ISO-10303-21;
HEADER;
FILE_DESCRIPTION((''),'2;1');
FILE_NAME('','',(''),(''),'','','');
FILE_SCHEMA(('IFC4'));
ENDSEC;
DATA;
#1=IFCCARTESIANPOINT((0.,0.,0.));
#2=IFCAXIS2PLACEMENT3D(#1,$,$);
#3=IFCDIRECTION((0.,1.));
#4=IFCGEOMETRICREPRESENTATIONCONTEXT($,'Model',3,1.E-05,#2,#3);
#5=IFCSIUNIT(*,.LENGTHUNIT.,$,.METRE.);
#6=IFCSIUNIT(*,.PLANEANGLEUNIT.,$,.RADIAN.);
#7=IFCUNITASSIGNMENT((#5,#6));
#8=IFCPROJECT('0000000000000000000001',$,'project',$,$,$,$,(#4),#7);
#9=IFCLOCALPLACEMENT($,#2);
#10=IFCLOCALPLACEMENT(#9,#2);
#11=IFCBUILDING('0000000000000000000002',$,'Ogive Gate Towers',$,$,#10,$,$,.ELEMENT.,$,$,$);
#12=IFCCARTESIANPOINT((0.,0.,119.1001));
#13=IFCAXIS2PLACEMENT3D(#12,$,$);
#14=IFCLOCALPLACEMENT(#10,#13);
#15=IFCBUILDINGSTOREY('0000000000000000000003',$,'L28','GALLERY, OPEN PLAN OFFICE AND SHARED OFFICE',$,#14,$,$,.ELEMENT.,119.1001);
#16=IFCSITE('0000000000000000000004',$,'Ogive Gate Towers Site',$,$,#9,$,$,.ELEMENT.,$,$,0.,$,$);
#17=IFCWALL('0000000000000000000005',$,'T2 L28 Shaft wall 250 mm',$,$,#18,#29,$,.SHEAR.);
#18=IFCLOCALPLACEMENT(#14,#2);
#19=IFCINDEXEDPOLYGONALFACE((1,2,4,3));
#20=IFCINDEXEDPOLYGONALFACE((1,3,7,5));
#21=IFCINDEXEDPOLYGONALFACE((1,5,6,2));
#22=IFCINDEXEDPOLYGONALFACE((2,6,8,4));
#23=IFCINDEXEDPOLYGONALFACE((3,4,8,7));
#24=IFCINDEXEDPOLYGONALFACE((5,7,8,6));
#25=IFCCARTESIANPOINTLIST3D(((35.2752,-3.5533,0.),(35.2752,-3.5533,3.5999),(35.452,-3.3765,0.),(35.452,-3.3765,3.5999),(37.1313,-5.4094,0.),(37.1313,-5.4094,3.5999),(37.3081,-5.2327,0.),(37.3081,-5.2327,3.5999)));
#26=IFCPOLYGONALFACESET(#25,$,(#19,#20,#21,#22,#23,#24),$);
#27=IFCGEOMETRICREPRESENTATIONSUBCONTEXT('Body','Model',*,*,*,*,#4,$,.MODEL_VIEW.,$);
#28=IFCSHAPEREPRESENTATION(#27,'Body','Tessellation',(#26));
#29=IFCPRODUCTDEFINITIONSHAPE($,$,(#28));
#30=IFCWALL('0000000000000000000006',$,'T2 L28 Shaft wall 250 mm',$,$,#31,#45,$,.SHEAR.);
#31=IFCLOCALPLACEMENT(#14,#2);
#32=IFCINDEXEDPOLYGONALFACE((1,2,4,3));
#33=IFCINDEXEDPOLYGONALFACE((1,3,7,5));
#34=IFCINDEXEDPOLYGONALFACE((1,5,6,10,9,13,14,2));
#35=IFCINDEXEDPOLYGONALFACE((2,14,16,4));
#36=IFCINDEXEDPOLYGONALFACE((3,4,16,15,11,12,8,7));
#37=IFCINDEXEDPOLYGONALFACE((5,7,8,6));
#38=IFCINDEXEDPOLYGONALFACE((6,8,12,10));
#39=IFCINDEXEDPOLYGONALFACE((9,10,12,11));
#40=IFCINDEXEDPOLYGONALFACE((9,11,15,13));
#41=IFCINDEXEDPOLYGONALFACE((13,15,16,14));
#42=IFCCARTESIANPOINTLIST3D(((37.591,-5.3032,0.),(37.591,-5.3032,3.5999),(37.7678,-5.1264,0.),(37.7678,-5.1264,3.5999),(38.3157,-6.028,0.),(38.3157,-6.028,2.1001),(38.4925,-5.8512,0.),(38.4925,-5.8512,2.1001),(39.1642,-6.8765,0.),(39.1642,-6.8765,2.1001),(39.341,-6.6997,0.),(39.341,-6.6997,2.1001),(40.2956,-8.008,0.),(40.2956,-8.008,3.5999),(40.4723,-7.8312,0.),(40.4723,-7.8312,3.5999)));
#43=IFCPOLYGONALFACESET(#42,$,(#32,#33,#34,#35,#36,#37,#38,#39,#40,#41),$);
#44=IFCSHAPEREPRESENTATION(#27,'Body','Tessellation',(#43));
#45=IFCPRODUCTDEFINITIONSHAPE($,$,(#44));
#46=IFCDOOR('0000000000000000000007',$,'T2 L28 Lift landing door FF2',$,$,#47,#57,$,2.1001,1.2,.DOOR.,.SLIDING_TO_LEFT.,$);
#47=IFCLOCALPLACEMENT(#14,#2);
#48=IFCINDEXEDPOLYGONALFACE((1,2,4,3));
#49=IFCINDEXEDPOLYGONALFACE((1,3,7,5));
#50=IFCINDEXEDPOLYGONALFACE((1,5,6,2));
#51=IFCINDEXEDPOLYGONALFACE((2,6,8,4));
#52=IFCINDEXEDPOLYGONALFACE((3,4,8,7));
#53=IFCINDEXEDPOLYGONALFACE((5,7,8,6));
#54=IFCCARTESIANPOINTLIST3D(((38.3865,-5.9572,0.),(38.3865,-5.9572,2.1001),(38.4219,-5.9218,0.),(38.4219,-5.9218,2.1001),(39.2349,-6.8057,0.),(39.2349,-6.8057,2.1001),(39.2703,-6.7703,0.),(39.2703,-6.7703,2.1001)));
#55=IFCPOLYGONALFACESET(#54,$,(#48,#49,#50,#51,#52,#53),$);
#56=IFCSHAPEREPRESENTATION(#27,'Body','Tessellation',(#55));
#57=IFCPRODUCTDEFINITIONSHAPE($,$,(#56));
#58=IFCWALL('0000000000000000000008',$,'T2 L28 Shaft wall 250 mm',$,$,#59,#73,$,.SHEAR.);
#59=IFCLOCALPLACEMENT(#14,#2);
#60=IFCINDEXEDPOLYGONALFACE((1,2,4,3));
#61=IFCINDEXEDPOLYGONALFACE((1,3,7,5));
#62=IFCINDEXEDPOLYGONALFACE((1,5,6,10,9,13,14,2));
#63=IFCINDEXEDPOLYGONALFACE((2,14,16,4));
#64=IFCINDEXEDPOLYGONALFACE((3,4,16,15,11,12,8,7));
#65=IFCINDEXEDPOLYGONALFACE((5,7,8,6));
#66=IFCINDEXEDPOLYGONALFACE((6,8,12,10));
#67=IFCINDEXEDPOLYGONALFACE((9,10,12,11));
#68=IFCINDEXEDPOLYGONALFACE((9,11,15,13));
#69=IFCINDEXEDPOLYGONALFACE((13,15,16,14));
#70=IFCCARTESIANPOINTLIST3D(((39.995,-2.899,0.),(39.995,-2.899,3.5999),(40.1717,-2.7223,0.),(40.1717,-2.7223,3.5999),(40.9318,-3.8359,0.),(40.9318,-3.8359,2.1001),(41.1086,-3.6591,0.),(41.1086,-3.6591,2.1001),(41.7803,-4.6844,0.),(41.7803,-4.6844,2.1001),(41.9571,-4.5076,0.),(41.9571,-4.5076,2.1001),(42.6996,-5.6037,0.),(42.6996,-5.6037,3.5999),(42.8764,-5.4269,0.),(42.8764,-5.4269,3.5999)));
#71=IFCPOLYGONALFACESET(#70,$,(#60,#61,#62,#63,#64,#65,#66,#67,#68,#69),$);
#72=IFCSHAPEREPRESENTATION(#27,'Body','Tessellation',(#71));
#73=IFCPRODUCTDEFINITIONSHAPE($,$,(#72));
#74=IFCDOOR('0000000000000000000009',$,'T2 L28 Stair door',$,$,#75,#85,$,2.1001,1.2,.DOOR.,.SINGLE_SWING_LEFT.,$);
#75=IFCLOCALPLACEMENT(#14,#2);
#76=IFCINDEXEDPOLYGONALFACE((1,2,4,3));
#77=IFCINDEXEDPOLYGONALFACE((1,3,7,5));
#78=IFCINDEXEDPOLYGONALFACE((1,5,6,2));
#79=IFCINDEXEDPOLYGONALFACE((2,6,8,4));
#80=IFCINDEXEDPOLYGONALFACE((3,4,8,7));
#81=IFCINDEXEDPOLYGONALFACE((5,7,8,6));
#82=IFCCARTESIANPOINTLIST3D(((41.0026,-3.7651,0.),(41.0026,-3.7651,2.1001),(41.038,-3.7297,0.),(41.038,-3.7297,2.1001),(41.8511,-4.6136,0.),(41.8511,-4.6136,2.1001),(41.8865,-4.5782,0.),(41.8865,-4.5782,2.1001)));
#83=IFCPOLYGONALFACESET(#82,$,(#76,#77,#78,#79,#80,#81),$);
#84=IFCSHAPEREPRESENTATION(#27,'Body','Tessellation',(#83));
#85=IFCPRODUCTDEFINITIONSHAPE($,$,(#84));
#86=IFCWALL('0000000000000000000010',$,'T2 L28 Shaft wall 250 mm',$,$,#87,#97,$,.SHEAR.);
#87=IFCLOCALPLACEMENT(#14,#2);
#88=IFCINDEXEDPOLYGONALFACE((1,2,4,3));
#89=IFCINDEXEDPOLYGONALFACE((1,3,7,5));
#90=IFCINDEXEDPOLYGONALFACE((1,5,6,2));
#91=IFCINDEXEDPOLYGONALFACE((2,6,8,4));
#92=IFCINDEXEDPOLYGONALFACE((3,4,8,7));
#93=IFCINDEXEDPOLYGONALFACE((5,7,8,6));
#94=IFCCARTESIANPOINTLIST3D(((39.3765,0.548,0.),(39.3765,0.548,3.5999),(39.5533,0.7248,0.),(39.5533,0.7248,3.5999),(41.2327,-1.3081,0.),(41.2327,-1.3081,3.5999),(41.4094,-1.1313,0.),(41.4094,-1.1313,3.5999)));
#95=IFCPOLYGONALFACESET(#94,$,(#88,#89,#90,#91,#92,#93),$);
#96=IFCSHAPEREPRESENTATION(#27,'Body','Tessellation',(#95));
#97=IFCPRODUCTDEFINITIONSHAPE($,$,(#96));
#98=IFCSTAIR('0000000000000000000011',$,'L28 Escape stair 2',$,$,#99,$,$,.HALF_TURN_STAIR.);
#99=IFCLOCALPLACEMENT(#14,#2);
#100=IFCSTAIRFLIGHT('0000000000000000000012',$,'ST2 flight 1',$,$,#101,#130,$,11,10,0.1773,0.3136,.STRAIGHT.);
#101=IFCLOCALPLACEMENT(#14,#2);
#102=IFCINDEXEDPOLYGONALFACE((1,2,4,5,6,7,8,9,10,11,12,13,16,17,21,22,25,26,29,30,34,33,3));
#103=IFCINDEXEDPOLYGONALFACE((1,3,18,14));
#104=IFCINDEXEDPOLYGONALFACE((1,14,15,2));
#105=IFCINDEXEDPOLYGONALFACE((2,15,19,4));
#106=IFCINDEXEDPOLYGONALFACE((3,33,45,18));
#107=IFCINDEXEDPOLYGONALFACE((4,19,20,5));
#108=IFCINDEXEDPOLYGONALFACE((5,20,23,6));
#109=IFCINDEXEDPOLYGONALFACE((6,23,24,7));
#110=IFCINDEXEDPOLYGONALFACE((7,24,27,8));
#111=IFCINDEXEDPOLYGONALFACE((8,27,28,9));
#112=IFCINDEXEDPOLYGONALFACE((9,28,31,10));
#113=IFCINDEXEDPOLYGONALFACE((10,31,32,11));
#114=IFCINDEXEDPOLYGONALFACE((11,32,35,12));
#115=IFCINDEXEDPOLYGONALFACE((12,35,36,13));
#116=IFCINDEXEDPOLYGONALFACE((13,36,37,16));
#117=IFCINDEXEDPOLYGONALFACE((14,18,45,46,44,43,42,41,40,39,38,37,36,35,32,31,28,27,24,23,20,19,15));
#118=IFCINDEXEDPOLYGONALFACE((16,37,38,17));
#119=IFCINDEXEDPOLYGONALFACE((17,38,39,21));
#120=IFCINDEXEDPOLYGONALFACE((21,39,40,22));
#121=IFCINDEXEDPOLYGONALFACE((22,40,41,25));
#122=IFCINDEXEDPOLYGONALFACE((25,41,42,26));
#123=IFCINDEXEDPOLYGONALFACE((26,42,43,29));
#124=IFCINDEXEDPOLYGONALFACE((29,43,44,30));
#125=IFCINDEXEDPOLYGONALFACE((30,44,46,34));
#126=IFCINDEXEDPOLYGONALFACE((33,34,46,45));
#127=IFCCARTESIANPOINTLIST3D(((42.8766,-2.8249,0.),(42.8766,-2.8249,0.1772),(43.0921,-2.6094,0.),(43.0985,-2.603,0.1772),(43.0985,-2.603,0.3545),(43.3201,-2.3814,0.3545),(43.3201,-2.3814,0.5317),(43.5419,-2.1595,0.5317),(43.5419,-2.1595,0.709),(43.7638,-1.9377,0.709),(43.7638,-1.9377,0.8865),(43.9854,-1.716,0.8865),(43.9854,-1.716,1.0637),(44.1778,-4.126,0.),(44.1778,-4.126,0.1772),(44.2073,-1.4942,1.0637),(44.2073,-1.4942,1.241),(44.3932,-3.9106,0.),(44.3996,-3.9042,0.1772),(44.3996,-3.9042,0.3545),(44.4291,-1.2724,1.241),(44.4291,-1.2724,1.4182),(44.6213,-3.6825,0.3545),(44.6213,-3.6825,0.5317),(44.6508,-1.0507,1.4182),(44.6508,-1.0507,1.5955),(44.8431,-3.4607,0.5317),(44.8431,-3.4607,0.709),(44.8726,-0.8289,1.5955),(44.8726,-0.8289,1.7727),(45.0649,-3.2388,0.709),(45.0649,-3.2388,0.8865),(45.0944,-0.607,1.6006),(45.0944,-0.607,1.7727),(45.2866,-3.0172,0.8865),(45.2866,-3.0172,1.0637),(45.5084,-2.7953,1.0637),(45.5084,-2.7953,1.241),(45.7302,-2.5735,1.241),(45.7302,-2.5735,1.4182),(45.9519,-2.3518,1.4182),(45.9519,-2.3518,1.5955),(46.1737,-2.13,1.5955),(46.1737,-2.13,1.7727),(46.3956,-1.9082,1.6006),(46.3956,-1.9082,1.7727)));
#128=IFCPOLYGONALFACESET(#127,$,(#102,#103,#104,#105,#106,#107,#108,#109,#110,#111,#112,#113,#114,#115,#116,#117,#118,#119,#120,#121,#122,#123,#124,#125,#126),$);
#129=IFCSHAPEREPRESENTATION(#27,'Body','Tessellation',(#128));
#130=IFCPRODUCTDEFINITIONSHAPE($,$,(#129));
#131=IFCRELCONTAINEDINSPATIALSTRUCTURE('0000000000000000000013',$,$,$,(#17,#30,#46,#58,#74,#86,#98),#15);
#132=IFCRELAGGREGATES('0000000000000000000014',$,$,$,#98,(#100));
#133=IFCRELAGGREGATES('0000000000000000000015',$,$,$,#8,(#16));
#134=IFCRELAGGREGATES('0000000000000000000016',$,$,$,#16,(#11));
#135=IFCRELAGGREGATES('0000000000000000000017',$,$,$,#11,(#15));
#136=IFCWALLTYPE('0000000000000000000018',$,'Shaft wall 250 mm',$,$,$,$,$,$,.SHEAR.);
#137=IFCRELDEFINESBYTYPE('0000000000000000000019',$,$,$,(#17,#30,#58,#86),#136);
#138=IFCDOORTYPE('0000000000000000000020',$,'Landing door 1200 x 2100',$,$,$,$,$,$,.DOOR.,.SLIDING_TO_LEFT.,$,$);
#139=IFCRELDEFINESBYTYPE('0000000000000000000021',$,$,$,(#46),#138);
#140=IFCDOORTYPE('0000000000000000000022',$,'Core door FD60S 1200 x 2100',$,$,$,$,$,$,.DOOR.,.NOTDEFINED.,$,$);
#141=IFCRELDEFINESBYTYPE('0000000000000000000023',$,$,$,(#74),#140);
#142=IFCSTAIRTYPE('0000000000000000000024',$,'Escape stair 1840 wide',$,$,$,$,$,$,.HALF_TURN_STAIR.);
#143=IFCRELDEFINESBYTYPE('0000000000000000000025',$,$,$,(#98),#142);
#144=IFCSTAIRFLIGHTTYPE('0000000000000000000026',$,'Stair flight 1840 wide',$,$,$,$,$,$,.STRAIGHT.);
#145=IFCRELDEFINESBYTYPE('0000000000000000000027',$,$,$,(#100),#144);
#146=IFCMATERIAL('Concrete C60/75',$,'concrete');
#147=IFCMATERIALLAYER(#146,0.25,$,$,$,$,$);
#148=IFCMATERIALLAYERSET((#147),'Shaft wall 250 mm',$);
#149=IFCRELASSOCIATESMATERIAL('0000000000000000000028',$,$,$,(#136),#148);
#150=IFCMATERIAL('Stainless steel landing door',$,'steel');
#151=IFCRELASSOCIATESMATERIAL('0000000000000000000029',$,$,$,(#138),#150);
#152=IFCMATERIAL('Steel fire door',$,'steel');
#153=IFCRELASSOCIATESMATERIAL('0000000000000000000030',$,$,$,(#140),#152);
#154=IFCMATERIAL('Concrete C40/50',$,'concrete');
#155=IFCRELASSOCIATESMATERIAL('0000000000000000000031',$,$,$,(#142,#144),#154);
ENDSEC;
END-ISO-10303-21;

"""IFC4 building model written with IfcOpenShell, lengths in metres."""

from ifc_helpers import new_model, si_unit, direction, frame, frame_2d, origin, place, context, subcontext, project, spatial, polyline, rectangle, outline, extrude, material, layer, layer_set, type_object, element, fill, aggregate, save


model = new_model("IFC4")

# Units and contexts
model_context = context("Model", 3, precision=1e-05, world=origin(), true_north=direction((0.0, 1.0)))
body_context = subcontext(model_context, "Body", "Model", "MODEL_VIEW")
ifc_project = project(units=[si_unit("LENGTHUNIT", "METRE"), si_unit("PLANEANGLEUNIT", "RADIAN")], contexts=[model_context])

# Site, building, storey
site_placement = place(None, origin())
site = spatial("IfcSite", under=ifc_project, at=site_placement, Name="Ogive Gate Towers Site", CompositionType="ELEMENT", RefElevation=0.0)
building_placement = place(site_placement, origin())
building = spatial("IfcBuilding", under=site, at=building_placement, Name="Ogive Gate Towers", CompositionType="ELEMENT")
storey_placement = place(building_placement, frame((0.0, 0.0, 119.1001)))
storey = spatial("IfcBuildingStorey", under=building, at=storey_placement, Name="L28", Description="GALLERY, OPEN PLAN OFFICE AND SHARED OFFICE", CompositionType="ELEMENT", Elevation=119.1001)

# Shared definitions
ifc_material_1 = material(Name="Concrete C40/50", Category="concrete")

# Wall
ifc_material_2 = material(Name="Concrete C60/75", Category="concrete")
ifc_layer_1 = layer(ifc_material_2, 0.25)
ifc_layer_set_1 = layer_set([ifc_layer_1], Name="Shaft wall 250 mm")
wall_type_1 = type_object("IfcWallType", Name="Shaft wall 250 mm", PredefinedType="SHEAR", material=ifc_layer_set_1)
wall_1_placement = place(storey_placement, frame((37.2197, -5.321, 0.0), z_axis=(0.0, 0.0, 1.0), x_axis=(-0.707107, 0.707107, 0.0)))
element("IfcWall", 1, at=wall_1_placement, inside=storey, type_object=wall_type_1, Name="T2 L28 Shaft wall 250 mm", PredefinedType="SHEAR", context=body_context, shape_type="SweptSolid", body=[
    extrude(rectangle(XDim=2.625, YDim=0.25, at=frame_2d((1.3125, 0.0))), origin(), (0.0, 0.0, 1.0), 3.5999),
])

# Walls, openings, doors
wall_2_placement = place(storey_placement, frame((40.384, -7.9197, 0.0), z_axis=(0.0, 0.0, 1.0), x_axis=(-0.707075, 0.707139, 0.0)))
wall_2 = element("IfcWall", 2, at=wall_2_placement, inside=storey, type_object=wall_type_1, Name="T2 L28 Shaft wall 250 mm", PredefinedType="SHEAR", context=body_context, shape_type="SweptSolid", body=[
    extrude(rectangle(XDim=3.825, YDim=0.25, at=frame_2d((1.9126, 0.0))), origin(), (0.0, 0.0, 1.0), 3.5999),
])
opening_1_placement = place(wall_2_placement, frame((1.6001, 0.0, 0.0)))
opening_1 = element("IfcOpeningElement", 3, at=opening_1_placement, cuts=wall_2, PredefinedType="OPENING", context=body_context, shape_type="SweptSolid", body=[
    extrude(rectangle(XDim=1.2, YDim=2.1001, at=frame_2d((0.6001, 1.05))), frame((0.0, 0.135, 0.0), z_axis=(0.0, -1.0, 0.0), x_axis=(1.0, 0.0, 0.0)), (0.0, 0.0, 1.0), 0.27),
])
ifc_material_3 = material(Name="Stainless steel landing door", Category="steel")
door_type_1 = type_object("IfcDoorType", Name="Landing door 1200 x 2100", OperationType="SLIDING_TO_LEFT", PredefinedType="DOOR", material=ifc_material_3)
door_1_placement = place(opening_1_placement, origin())
door_1 = element("IfcDoor", 4, at=door_1_placement, inside=storey, type_object=door_type_1, Name="T2 L28 Lift landing door FF2", OperationType="SLIDING_TO_LEFT", OverallHeight=2.1001, OverallWidth=1.2, PredefinedType="DOOR", context=body_context, shape_type="SweptSolid", body=[
    extrude(rectangle(XDim=1.2, YDim=2.1001, at=frame_2d((0.6001, 1.05))), frame((0.0, 0.0249, 0.0), z_axis=(0.0, -1.0, 0.0), x_axis=(1.0, 0.0, 0.0)), (0.0, 0.0, 1.0), 0.05),
])
fill(opening_1, door_1)
wall_3_placement = place(storey_placement, frame((42.7881, -5.5154, 0.0), z_axis=(0.0, 0.0, 1.0), x_axis=(-0.707107, 0.707107, 0.0)))
wall_3 = element("IfcWall", 5, at=wall_3_placement, inside=storey, type_object=wall_type_1, Name="T2 L28 Shaft wall 250 mm", PredefinedType="SHEAR", context=body_context, shape_type="SweptSolid", body=[
    extrude(rectangle(XDim=3.825, YDim=0.25, at=frame_2d((1.9126, 0.0))), origin(), (0.0, 0.0, 1.0), 3.5999),
])
opening_2_placement = place(wall_3_placement, frame((1.3, 0.0, 0.0)))
opening_2 = element("IfcOpeningElement", 6, at=opening_2_placement, cuts=wall_3, PredefinedType="OPENING", context=body_context, shape_type="SweptSolid", body=[
    extrude(rectangle(XDim=1.2, YDim=2.1001, at=frame_2d((0.6001, 1.05))), frame((0.0, 0.135, 0.0), z_axis=(0.0, -1.0, 0.0), x_axis=(1.0, 0.0, 0.0)), (0.0, 0.0, 1.0), 0.27),
])
ifc_material_4 = material(Name="Steel fire door", Category="steel")
door_type_2 = type_object("IfcDoorType", Name="Core door FD60S 1200 x 2100", OperationType="NOTDEFINED", PredefinedType="DOOR", material=ifc_material_4)
door_2_placement = place(opening_2_placement, origin())
door_2 = element("IfcDoor", 7, at=door_2_placement, inside=storey, type_object=door_type_2, Name="T2 L28 Stair door", OperationType="SINGLE_SWING_LEFT", OverallHeight=2.1001, OverallWidth=1.2, PredefinedType="DOOR", context=body_context, shape_type="SweptSolid", body=[
    extrude(rectangle(XDim=1.2, YDim=2.1001, at=frame_2d((0.6001, 1.05))), frame((0.0, 0.0249, 0.0), z_axis=(0.0, -1.0, 0.0), x_axis=(1.0, 0.0, 0.0)), (0.0, 0.0, 1.0), 0.05),
])
fill(opening_2, door_2)

# Wall
wall_4_placement = place(storey_placement, frame((41.321, -1.2197, 0.0), z_axis=(0.0, 0.0, 1.0), x_axis=(-0.707107, 0.707107, 0.0)))
element("IfcWall", 8, at=wall_4_placement, inside=storey, type_object=wall_type_1, Name="T2 L28 Shaft wall 250 mm", PredefinedType="SHEAR", context=body_context, shape_type="SweptSolid", body=[
    extrude(rectangle(XDim=2.625, YDim=0.25, at=frame_2d((1.3125, 0.0))), origin(), (0.0, 0.0, 1.0), 3.5999),
])

# Stair, stair flight
stair_type = type_object("IfcStairType", Name="Escape stair 1840 wide", PredefinedType="HALF_TURN_STAIR", material=ifc_material_1)
stair_placement = place(storey_placement, origin())
stair = element("IfcStair", 9, at=stair_placement, inside=storey, type_object=stair_type, Name="L28 Escape stair 2", PredefinedType="HALF_TURN_STAIR")
stair_flight_type = type_object("IfcStairFlightType", Name="Stair flight 1840 wide", PredefinedType="STRAIGHT", material=ifc_material_1)
stair_flight_placement = place(storey_placement, frame((43.5271, -3.4753, 0.0), z_axis=(0.0, 0.0, 1.0), x_axis=(0.707107, 0.707107, 0.0)))
stair_flight = element("IfcStairFlight", 10, at=stair_flight_placement, type_object=stair_flight_type, Name="ST2 flight 1", NumberOfRisers=11, NumberOfTreads=10, PredefinedType="STRAIGHT", RiserHeight=0.1773, TreadLength=0.3136, context=body_context, shape_type="SweptSolid", body=[
    extrude(outline(polyline([(0.0, 0.0), (0.0, 0.1772), (0.3137, 0.1772), (0.3137, 0.3545), (0.6272, 0.3545), (0.6272, 0.5317), (0.9409, 0.5317), (0.9409, 0.709), (1.2546, 0.709), (1.2546, 0.8865), (1.5681, 0.8865), (1.5681, 1.0637), (1.8818, 1.0637), (1.8818, 1.241), (2.1956, 1.241), (2.1956, 1.4182), (2.509, 1.4182), (2.509, 1.5955), (2.8228, 1.5955), (2.8228, 1.7727), (3.1365, 1.7727), (3.1365, 1.95), (3.1365, 1.6006), (0.3047, 0.0), (0.0, 0.0)])), frame((0.0, 0.9199, 0.0), z_axis=(0.0, -1.0, 0.0), x_axis=(1.0, 0.0, 0.0)), (0.0, 0.0, 1.0), 1.8401),
])
aggregate(stair, [stair_flight])

save(model, "model.ifc")
